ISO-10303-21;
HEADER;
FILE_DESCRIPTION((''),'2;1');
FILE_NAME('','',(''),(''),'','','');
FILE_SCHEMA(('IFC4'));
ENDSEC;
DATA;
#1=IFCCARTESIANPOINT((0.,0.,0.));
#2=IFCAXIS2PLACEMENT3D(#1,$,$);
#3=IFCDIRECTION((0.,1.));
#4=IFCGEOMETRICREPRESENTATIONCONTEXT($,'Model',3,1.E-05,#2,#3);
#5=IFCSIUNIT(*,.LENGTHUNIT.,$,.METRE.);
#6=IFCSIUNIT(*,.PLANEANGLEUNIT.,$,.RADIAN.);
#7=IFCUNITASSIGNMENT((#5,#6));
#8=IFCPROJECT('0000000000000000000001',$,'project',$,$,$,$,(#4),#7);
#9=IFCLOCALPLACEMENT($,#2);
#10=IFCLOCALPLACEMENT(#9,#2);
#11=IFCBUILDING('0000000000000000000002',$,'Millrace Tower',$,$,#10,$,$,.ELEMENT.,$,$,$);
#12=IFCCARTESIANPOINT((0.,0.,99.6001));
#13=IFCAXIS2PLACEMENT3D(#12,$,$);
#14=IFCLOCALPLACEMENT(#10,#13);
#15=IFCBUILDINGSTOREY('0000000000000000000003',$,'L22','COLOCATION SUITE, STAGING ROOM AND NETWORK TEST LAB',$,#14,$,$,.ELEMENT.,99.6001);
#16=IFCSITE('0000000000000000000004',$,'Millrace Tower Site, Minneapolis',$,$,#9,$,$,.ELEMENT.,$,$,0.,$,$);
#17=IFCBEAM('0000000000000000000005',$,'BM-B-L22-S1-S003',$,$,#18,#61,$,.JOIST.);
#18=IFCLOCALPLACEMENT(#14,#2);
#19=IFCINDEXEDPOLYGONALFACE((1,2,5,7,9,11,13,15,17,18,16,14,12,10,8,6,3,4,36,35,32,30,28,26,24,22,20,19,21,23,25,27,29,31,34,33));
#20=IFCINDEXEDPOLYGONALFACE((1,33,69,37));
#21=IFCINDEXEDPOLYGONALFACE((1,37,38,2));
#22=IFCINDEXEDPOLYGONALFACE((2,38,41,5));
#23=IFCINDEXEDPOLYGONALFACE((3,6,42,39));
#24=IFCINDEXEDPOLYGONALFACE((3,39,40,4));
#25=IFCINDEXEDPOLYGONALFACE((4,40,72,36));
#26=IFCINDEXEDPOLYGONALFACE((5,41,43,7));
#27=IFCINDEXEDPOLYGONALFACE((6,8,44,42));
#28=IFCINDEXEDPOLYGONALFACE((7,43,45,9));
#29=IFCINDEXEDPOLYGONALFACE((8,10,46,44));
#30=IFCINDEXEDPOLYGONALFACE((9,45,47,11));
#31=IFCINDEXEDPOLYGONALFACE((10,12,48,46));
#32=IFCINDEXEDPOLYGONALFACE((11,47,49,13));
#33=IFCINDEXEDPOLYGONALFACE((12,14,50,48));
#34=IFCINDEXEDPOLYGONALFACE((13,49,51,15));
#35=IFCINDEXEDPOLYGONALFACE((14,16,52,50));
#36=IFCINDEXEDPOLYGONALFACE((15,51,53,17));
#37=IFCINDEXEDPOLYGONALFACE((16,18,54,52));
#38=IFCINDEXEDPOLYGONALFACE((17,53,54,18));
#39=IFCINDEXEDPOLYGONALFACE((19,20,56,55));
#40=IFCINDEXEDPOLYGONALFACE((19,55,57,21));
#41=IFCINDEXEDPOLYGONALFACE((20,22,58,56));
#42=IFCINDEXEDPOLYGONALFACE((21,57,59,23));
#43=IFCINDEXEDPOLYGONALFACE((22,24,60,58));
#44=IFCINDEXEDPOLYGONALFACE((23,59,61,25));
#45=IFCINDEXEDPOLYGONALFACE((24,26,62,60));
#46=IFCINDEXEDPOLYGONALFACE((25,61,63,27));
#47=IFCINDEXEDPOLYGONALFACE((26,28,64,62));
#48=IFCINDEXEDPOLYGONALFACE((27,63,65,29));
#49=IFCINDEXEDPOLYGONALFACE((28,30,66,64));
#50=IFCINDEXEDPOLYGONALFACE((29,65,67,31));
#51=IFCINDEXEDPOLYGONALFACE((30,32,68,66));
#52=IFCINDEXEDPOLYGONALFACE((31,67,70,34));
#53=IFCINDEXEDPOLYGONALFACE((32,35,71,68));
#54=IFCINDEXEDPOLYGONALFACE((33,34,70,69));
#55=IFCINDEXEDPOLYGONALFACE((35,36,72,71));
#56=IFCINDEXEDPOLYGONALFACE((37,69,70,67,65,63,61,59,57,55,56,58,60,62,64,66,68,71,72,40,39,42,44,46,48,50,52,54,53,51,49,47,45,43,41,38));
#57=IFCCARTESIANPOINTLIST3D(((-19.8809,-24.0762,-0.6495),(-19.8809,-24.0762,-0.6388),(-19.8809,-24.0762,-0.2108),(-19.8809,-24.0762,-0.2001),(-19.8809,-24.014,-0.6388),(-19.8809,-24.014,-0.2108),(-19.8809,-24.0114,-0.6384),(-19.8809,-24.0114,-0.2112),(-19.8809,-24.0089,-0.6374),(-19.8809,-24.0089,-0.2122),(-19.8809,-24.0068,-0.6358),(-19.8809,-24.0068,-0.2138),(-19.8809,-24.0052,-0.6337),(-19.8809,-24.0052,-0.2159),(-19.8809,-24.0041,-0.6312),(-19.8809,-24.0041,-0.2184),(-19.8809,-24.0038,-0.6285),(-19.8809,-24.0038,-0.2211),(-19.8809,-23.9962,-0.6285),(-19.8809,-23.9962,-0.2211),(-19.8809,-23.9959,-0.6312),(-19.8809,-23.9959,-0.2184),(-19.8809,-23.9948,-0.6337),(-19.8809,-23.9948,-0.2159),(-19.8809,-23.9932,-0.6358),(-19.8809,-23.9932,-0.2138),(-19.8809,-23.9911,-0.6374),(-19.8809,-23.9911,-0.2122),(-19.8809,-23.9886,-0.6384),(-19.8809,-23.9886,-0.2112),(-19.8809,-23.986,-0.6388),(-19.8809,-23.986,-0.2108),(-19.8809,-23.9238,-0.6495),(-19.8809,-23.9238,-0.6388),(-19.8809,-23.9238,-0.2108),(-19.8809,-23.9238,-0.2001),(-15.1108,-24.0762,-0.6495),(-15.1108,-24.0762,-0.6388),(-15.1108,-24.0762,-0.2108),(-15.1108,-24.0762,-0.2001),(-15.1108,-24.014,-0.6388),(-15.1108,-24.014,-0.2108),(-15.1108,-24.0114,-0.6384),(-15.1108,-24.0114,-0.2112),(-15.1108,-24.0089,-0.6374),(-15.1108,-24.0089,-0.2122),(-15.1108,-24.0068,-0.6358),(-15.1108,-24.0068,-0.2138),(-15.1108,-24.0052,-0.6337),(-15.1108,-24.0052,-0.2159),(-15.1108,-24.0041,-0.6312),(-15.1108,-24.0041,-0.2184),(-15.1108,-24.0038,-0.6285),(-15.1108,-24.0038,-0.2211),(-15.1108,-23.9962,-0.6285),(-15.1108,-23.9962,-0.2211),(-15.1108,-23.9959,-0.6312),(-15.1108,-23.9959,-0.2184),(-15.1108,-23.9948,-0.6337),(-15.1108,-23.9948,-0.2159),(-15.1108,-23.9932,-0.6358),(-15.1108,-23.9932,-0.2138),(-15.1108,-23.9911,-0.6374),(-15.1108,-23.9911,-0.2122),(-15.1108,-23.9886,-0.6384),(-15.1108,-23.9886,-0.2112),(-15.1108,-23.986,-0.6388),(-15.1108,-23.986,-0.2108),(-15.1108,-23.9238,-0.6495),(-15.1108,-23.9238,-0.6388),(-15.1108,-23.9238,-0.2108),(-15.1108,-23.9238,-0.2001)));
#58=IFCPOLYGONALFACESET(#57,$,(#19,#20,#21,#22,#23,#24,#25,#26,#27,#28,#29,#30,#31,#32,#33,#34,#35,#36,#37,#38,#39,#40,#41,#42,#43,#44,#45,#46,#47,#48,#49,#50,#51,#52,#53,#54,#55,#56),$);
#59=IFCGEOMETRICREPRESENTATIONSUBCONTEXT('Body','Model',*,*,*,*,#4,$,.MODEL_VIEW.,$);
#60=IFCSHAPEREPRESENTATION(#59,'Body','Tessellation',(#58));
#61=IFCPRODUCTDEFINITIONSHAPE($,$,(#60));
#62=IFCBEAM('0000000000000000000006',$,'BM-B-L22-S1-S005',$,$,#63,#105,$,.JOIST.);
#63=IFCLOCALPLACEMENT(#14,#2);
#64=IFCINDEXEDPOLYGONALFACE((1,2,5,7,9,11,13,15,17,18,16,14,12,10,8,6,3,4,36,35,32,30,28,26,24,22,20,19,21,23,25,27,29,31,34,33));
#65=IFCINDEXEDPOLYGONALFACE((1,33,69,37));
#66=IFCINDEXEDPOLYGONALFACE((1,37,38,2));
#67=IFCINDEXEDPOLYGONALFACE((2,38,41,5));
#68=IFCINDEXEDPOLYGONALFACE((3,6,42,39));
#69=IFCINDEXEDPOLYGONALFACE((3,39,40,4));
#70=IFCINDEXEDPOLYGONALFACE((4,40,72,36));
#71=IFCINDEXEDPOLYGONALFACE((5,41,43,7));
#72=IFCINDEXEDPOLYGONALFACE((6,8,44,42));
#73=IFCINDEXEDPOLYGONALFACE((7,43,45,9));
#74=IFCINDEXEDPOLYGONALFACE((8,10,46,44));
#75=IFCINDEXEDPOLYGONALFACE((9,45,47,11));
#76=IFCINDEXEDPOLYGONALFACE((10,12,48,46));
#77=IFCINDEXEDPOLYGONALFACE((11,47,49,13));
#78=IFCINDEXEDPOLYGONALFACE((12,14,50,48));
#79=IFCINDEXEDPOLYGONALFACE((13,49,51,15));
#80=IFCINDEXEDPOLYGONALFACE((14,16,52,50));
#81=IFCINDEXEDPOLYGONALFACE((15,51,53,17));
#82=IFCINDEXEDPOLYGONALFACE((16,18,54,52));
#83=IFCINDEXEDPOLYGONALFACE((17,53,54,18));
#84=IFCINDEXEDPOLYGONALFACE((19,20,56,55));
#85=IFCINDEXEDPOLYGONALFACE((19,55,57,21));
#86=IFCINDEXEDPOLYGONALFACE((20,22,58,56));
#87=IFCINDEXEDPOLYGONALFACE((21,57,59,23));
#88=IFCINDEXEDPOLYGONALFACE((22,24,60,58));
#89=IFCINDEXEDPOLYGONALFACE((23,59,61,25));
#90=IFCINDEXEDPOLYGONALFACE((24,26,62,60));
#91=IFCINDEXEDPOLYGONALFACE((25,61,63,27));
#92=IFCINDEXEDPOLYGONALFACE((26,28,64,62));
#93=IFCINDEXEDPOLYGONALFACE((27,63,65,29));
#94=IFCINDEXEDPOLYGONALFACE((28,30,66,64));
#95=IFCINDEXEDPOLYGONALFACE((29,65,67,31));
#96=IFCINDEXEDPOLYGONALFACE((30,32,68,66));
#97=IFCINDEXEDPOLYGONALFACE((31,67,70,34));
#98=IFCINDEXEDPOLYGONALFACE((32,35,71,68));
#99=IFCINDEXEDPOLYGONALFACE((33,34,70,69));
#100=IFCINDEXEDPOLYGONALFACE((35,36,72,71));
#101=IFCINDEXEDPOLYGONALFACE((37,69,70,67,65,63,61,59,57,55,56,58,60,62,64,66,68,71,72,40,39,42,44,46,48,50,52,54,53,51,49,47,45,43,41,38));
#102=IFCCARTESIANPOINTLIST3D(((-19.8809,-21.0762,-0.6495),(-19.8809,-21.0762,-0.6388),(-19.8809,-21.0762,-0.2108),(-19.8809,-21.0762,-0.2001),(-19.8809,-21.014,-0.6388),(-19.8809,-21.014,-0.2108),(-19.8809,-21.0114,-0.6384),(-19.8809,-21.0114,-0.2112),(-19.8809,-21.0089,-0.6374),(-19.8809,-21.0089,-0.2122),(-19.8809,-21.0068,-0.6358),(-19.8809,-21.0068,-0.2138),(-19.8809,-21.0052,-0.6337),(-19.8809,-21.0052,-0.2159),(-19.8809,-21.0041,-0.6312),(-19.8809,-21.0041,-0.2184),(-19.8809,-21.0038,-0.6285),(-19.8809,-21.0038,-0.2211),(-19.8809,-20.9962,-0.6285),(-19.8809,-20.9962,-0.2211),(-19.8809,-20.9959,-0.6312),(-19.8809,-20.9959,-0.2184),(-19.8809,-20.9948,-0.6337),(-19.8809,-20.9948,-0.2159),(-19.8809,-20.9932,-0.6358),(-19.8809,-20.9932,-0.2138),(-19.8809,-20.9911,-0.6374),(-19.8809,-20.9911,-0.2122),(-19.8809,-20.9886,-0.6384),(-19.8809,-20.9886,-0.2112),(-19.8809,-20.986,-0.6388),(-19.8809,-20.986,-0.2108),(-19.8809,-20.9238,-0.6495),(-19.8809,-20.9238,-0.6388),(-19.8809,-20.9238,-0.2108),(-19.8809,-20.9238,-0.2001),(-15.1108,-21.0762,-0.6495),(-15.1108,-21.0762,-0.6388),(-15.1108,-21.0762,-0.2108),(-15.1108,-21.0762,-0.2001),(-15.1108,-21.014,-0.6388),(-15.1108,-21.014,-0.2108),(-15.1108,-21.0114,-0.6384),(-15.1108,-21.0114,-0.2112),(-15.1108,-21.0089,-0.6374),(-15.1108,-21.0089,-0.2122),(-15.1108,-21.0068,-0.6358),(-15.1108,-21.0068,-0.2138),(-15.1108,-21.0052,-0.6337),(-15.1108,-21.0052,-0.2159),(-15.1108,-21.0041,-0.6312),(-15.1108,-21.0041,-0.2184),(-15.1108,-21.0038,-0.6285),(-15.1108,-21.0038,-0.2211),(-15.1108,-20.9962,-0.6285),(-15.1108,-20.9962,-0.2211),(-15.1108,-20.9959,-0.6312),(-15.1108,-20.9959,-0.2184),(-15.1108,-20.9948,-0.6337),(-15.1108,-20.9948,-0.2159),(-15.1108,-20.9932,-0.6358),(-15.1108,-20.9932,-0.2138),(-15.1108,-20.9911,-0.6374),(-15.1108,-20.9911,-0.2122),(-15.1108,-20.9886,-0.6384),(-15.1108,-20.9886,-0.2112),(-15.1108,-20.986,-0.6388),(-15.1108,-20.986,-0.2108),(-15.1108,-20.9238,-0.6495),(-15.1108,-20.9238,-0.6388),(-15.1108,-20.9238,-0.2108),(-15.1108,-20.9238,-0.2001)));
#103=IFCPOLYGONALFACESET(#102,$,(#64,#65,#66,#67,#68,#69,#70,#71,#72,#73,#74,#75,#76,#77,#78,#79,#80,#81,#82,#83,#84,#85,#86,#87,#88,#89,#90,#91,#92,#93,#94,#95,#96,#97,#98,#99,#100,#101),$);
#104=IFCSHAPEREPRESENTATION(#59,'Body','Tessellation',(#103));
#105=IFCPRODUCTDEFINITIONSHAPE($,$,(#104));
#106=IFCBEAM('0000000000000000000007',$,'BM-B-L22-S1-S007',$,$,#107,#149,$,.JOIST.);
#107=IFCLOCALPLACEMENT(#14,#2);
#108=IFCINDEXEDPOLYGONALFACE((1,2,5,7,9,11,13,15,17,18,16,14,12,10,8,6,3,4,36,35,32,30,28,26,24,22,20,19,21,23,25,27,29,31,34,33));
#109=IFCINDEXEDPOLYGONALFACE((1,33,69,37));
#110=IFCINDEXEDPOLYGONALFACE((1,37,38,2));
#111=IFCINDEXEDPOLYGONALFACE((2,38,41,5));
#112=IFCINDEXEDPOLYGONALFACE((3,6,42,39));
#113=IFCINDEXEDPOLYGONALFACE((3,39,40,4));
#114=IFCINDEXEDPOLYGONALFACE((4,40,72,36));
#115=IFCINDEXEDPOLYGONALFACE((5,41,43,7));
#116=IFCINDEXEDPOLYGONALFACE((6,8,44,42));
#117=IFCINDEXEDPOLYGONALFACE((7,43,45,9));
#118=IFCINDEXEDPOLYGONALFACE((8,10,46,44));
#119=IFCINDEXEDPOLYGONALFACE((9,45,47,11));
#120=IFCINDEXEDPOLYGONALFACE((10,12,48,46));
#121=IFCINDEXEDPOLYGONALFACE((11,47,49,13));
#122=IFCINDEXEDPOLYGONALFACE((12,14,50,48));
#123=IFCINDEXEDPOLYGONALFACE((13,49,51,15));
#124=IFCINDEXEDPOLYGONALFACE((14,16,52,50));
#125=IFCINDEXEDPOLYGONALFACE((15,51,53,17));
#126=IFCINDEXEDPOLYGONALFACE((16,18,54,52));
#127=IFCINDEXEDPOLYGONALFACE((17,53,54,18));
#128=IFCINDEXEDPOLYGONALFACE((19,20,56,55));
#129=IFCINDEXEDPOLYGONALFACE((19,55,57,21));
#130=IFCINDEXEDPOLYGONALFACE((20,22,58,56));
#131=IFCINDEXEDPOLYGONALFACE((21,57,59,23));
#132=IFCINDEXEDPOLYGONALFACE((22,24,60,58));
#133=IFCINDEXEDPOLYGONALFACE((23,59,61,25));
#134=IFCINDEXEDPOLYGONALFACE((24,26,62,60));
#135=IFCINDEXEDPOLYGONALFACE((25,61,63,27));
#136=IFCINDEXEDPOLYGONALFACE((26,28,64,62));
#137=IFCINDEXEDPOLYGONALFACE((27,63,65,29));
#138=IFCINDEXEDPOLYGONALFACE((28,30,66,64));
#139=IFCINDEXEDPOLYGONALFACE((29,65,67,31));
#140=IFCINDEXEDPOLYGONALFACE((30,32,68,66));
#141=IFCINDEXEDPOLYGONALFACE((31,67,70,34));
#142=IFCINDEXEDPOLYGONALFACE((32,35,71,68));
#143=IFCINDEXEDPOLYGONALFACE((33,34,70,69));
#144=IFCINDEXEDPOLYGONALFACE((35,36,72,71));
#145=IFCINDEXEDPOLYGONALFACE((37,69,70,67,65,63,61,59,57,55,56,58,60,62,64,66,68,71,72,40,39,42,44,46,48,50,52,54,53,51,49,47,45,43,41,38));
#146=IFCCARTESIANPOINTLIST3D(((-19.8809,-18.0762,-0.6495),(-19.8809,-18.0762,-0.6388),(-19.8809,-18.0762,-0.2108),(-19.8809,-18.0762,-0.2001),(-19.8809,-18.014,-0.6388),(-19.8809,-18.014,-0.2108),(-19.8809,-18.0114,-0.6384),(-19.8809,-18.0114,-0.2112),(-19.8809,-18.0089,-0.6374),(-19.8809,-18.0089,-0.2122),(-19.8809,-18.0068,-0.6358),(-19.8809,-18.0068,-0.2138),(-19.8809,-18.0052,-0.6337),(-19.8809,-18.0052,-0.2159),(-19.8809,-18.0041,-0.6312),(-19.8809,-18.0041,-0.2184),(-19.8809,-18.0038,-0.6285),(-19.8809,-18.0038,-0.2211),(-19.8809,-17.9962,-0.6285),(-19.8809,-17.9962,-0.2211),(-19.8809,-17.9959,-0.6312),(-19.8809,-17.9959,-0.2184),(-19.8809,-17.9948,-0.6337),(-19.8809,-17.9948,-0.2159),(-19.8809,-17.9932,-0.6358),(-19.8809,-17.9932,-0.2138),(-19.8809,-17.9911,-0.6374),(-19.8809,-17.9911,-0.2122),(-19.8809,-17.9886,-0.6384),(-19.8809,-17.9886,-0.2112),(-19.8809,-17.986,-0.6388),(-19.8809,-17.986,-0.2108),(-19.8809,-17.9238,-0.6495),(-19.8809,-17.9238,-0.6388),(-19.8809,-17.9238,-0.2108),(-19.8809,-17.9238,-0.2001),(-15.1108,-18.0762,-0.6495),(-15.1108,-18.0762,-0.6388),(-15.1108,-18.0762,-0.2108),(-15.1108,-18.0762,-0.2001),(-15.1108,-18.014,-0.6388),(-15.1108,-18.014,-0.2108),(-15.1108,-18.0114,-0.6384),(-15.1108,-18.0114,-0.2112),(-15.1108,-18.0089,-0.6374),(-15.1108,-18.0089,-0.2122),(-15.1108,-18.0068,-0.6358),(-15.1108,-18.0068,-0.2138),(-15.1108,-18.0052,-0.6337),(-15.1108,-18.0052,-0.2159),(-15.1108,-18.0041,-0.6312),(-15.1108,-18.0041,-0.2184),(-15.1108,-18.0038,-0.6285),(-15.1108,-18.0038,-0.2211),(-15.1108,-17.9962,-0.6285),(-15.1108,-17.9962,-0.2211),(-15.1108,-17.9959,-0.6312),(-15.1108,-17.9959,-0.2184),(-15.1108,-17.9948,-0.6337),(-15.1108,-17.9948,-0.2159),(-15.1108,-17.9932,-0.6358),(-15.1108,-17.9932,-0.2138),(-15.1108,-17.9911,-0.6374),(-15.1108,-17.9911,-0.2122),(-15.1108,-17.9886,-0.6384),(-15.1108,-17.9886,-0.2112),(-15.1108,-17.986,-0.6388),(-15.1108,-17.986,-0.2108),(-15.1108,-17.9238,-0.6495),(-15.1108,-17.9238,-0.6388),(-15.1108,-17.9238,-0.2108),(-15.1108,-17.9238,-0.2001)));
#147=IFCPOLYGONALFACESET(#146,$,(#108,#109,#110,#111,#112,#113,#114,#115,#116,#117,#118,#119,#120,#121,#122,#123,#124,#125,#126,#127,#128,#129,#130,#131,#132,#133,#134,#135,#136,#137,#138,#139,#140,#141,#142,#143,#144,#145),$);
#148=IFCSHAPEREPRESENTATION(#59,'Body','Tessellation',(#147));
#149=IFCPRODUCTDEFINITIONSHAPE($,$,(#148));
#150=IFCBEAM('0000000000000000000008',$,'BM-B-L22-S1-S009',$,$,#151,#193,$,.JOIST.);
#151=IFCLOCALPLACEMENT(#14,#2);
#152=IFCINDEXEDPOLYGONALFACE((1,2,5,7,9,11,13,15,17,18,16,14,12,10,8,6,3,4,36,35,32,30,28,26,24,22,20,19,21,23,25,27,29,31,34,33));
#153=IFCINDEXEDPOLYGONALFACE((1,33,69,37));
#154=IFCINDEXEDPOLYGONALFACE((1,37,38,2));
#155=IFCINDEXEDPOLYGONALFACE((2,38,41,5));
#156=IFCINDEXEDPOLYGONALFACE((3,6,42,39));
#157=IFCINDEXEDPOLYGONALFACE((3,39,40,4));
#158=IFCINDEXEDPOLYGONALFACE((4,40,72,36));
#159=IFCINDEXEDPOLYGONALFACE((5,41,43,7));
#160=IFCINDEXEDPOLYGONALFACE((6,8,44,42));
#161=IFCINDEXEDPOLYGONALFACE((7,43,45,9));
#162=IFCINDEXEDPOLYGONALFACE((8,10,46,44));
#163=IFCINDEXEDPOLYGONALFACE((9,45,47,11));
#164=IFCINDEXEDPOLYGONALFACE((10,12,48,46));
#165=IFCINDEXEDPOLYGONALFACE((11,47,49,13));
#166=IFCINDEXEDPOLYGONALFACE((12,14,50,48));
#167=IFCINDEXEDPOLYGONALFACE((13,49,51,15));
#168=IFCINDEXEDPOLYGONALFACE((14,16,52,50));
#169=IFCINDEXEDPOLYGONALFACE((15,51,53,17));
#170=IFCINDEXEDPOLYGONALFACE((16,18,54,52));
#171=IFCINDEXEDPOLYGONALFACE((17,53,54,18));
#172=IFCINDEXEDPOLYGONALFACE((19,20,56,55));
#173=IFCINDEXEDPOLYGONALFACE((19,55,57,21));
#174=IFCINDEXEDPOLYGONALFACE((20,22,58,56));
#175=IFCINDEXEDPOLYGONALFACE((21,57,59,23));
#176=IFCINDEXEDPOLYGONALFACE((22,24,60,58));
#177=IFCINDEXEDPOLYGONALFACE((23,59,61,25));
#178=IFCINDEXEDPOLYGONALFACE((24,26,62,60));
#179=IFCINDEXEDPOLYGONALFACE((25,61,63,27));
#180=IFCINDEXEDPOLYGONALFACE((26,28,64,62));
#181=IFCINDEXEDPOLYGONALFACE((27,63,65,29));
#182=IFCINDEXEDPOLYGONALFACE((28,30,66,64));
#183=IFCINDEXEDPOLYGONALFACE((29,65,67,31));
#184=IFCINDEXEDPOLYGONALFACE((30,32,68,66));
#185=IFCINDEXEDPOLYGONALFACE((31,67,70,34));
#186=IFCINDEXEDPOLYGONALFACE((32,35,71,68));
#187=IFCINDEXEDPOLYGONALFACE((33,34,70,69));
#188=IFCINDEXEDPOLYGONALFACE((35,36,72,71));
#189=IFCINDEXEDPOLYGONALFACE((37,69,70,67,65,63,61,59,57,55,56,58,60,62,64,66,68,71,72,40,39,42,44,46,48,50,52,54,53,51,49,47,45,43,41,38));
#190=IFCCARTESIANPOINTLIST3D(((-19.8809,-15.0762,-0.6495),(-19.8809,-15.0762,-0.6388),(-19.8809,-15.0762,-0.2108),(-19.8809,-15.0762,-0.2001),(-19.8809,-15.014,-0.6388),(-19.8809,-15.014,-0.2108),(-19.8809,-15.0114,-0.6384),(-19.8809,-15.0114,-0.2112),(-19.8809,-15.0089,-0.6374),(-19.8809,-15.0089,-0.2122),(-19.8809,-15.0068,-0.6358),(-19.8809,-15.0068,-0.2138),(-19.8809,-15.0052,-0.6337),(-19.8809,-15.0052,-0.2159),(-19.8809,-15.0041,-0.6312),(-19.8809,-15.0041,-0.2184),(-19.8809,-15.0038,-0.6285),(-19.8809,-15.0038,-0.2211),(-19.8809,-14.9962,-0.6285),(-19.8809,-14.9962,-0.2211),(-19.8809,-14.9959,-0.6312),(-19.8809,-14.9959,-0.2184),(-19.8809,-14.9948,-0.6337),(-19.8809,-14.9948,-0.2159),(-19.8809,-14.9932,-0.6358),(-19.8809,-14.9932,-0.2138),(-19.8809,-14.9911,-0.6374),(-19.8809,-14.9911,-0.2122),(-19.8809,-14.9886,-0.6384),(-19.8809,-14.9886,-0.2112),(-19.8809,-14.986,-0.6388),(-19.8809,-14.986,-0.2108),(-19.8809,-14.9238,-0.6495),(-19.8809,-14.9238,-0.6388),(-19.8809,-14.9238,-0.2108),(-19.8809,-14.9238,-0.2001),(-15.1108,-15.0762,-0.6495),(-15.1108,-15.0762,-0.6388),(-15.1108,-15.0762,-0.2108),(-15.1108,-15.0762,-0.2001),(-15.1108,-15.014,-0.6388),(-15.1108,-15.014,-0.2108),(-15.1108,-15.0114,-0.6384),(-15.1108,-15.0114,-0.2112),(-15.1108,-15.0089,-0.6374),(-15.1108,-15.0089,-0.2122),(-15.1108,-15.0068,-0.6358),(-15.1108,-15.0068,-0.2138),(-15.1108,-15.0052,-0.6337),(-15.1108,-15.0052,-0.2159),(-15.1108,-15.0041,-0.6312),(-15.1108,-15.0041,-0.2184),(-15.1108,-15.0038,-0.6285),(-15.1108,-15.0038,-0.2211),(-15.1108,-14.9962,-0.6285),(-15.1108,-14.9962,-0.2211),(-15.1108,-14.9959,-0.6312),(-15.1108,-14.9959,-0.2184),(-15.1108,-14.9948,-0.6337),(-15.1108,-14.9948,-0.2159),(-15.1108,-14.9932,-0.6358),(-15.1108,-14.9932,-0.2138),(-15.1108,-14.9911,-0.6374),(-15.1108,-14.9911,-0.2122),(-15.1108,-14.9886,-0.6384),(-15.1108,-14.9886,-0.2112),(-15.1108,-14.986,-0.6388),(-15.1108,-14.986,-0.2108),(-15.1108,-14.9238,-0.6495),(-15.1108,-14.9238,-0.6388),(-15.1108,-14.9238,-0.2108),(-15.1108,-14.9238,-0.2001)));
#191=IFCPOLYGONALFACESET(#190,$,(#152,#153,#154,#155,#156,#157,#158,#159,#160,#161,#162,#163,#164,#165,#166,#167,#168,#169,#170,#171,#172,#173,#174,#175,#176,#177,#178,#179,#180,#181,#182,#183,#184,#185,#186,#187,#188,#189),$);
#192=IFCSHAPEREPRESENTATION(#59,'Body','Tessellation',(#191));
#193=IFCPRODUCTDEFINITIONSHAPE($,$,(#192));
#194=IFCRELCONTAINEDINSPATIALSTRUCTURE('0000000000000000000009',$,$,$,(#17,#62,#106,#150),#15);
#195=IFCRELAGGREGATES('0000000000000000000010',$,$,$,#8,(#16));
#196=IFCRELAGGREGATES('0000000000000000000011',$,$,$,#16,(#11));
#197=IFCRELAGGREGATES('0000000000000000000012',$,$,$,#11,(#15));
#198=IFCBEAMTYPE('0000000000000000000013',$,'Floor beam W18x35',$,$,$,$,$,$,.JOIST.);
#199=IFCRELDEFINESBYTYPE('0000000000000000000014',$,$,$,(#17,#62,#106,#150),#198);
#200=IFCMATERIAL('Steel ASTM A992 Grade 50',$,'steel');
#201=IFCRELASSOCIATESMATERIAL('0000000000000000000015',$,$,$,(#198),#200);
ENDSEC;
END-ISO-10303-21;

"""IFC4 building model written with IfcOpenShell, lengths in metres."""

from ifc_helpers import new_model, si_unit, direction, frame, origin, origin_2d, place, context, subcontext, project, spatial, i_section, extrude, material, material_profile, profile_set, type_object, element, save


model = new_model("IFC4")

# Units and contexts
model_context = context("Model", 3, precision=1e-05, world=origin(), true_north=direction((0.0, 1.0)))
body_context = subcontext(model_context, "Body", "Model", "MODEL_VIEW")
ifc_project = project(units=[si_unit("LENGTHUNIT", "METRE"), si_unit("PLANEANGLEUNIT", "RADIAN")], contexts=[model_context])

# Site, building, storey
site_placement = place(None, origin())
site = spatial("IfcSite", under=ifc_project, at=site_placement, Name="Millrace Tower Site, Minneapolis", CompositionType="ELEMENT", RefElevation=0.0)
building_placement = place(site_placement, origin())
building = spatial("IfcBuilding", under=site, at=building_placement, Name="Millrace Tower", CompositionType="ELEMENT")
storey_placement = place(building_placement, frame((0.0, 0.0, 99.6001)))
storey = spatial("IfcBuildingStorey", under=building, at=storey_placement, Name="L22", Description="COLOCATION SUITE, STAGING ROOM AND NETWORK TEST LAB", CompositionType="ELEMENT", Elevation=99.6001)

# Beams
ifc_material_1 = material(Name="Steel ASTM A992 Grade 50", Category="steel")
ifc_material_profile_1 = material_profile(ifc_material_1, i_section(OverallWidth=0.1523, OverallDepth=0.4495, WebThickness=0.0076, FlangeThickness=0.0107, FilletRadius=0.0103, at=origin_2d()))
ifc_profile_set_1 = profile_set([ifc_material_profile_1], Name="Steel ASTM A992 Grade 50")
beam_type_1 = type_object("IfcBeamType", Name="Floor beam W18x35", PredefinedType="JOIST", material=ifc_profile_set_1)
for number, where, z_axis, x_axis, name in (
    (1, (-19.8809, -24.0, -0.4248), (1.0, 0.0, 0.0), (0.0, 1.0, 0.0), "BM-B-L22-S1-S003"),
    (2, (-19.8809, -21.0, -0.4248), (1.0, 0.0, 0.0), (0.0, 1.0, 0.0), "BM-B-L22-S1-S005"),
    (3, (-19.8809, -18.0, -0.4248), (1.0, 0.0, 0.0), (0.0, 1.0, 0.0), "BM-B-L22-S1-S007"),
    (4, (-19.8809, -15.0, -0.4248), (1.0, 0.0, 0.0), (0.0, 1.0, 0.0), "BM-B-L22-S1-S009"),
):
    element("IfcBeam", number, at=place(storey_placement, frame(where, z_axis=z_axis, x_axis=x_axis)), inside=storey, type_object=beam_type_1, Name=name, PredefinedType="JOIST", context=body_context, shape_type="SweptSolid", body=[
        extrude(i_section(OverallWidth=0.1523, OverallDepth=0.4495, WebThickness=0.0076, FlangeThickness=0.0107, FilletRadius=0.0103, at=origin_2d()), origin(), (0.0, 0.0, 1.0), 4.77),
    ])

save(model, "model.ifc")
